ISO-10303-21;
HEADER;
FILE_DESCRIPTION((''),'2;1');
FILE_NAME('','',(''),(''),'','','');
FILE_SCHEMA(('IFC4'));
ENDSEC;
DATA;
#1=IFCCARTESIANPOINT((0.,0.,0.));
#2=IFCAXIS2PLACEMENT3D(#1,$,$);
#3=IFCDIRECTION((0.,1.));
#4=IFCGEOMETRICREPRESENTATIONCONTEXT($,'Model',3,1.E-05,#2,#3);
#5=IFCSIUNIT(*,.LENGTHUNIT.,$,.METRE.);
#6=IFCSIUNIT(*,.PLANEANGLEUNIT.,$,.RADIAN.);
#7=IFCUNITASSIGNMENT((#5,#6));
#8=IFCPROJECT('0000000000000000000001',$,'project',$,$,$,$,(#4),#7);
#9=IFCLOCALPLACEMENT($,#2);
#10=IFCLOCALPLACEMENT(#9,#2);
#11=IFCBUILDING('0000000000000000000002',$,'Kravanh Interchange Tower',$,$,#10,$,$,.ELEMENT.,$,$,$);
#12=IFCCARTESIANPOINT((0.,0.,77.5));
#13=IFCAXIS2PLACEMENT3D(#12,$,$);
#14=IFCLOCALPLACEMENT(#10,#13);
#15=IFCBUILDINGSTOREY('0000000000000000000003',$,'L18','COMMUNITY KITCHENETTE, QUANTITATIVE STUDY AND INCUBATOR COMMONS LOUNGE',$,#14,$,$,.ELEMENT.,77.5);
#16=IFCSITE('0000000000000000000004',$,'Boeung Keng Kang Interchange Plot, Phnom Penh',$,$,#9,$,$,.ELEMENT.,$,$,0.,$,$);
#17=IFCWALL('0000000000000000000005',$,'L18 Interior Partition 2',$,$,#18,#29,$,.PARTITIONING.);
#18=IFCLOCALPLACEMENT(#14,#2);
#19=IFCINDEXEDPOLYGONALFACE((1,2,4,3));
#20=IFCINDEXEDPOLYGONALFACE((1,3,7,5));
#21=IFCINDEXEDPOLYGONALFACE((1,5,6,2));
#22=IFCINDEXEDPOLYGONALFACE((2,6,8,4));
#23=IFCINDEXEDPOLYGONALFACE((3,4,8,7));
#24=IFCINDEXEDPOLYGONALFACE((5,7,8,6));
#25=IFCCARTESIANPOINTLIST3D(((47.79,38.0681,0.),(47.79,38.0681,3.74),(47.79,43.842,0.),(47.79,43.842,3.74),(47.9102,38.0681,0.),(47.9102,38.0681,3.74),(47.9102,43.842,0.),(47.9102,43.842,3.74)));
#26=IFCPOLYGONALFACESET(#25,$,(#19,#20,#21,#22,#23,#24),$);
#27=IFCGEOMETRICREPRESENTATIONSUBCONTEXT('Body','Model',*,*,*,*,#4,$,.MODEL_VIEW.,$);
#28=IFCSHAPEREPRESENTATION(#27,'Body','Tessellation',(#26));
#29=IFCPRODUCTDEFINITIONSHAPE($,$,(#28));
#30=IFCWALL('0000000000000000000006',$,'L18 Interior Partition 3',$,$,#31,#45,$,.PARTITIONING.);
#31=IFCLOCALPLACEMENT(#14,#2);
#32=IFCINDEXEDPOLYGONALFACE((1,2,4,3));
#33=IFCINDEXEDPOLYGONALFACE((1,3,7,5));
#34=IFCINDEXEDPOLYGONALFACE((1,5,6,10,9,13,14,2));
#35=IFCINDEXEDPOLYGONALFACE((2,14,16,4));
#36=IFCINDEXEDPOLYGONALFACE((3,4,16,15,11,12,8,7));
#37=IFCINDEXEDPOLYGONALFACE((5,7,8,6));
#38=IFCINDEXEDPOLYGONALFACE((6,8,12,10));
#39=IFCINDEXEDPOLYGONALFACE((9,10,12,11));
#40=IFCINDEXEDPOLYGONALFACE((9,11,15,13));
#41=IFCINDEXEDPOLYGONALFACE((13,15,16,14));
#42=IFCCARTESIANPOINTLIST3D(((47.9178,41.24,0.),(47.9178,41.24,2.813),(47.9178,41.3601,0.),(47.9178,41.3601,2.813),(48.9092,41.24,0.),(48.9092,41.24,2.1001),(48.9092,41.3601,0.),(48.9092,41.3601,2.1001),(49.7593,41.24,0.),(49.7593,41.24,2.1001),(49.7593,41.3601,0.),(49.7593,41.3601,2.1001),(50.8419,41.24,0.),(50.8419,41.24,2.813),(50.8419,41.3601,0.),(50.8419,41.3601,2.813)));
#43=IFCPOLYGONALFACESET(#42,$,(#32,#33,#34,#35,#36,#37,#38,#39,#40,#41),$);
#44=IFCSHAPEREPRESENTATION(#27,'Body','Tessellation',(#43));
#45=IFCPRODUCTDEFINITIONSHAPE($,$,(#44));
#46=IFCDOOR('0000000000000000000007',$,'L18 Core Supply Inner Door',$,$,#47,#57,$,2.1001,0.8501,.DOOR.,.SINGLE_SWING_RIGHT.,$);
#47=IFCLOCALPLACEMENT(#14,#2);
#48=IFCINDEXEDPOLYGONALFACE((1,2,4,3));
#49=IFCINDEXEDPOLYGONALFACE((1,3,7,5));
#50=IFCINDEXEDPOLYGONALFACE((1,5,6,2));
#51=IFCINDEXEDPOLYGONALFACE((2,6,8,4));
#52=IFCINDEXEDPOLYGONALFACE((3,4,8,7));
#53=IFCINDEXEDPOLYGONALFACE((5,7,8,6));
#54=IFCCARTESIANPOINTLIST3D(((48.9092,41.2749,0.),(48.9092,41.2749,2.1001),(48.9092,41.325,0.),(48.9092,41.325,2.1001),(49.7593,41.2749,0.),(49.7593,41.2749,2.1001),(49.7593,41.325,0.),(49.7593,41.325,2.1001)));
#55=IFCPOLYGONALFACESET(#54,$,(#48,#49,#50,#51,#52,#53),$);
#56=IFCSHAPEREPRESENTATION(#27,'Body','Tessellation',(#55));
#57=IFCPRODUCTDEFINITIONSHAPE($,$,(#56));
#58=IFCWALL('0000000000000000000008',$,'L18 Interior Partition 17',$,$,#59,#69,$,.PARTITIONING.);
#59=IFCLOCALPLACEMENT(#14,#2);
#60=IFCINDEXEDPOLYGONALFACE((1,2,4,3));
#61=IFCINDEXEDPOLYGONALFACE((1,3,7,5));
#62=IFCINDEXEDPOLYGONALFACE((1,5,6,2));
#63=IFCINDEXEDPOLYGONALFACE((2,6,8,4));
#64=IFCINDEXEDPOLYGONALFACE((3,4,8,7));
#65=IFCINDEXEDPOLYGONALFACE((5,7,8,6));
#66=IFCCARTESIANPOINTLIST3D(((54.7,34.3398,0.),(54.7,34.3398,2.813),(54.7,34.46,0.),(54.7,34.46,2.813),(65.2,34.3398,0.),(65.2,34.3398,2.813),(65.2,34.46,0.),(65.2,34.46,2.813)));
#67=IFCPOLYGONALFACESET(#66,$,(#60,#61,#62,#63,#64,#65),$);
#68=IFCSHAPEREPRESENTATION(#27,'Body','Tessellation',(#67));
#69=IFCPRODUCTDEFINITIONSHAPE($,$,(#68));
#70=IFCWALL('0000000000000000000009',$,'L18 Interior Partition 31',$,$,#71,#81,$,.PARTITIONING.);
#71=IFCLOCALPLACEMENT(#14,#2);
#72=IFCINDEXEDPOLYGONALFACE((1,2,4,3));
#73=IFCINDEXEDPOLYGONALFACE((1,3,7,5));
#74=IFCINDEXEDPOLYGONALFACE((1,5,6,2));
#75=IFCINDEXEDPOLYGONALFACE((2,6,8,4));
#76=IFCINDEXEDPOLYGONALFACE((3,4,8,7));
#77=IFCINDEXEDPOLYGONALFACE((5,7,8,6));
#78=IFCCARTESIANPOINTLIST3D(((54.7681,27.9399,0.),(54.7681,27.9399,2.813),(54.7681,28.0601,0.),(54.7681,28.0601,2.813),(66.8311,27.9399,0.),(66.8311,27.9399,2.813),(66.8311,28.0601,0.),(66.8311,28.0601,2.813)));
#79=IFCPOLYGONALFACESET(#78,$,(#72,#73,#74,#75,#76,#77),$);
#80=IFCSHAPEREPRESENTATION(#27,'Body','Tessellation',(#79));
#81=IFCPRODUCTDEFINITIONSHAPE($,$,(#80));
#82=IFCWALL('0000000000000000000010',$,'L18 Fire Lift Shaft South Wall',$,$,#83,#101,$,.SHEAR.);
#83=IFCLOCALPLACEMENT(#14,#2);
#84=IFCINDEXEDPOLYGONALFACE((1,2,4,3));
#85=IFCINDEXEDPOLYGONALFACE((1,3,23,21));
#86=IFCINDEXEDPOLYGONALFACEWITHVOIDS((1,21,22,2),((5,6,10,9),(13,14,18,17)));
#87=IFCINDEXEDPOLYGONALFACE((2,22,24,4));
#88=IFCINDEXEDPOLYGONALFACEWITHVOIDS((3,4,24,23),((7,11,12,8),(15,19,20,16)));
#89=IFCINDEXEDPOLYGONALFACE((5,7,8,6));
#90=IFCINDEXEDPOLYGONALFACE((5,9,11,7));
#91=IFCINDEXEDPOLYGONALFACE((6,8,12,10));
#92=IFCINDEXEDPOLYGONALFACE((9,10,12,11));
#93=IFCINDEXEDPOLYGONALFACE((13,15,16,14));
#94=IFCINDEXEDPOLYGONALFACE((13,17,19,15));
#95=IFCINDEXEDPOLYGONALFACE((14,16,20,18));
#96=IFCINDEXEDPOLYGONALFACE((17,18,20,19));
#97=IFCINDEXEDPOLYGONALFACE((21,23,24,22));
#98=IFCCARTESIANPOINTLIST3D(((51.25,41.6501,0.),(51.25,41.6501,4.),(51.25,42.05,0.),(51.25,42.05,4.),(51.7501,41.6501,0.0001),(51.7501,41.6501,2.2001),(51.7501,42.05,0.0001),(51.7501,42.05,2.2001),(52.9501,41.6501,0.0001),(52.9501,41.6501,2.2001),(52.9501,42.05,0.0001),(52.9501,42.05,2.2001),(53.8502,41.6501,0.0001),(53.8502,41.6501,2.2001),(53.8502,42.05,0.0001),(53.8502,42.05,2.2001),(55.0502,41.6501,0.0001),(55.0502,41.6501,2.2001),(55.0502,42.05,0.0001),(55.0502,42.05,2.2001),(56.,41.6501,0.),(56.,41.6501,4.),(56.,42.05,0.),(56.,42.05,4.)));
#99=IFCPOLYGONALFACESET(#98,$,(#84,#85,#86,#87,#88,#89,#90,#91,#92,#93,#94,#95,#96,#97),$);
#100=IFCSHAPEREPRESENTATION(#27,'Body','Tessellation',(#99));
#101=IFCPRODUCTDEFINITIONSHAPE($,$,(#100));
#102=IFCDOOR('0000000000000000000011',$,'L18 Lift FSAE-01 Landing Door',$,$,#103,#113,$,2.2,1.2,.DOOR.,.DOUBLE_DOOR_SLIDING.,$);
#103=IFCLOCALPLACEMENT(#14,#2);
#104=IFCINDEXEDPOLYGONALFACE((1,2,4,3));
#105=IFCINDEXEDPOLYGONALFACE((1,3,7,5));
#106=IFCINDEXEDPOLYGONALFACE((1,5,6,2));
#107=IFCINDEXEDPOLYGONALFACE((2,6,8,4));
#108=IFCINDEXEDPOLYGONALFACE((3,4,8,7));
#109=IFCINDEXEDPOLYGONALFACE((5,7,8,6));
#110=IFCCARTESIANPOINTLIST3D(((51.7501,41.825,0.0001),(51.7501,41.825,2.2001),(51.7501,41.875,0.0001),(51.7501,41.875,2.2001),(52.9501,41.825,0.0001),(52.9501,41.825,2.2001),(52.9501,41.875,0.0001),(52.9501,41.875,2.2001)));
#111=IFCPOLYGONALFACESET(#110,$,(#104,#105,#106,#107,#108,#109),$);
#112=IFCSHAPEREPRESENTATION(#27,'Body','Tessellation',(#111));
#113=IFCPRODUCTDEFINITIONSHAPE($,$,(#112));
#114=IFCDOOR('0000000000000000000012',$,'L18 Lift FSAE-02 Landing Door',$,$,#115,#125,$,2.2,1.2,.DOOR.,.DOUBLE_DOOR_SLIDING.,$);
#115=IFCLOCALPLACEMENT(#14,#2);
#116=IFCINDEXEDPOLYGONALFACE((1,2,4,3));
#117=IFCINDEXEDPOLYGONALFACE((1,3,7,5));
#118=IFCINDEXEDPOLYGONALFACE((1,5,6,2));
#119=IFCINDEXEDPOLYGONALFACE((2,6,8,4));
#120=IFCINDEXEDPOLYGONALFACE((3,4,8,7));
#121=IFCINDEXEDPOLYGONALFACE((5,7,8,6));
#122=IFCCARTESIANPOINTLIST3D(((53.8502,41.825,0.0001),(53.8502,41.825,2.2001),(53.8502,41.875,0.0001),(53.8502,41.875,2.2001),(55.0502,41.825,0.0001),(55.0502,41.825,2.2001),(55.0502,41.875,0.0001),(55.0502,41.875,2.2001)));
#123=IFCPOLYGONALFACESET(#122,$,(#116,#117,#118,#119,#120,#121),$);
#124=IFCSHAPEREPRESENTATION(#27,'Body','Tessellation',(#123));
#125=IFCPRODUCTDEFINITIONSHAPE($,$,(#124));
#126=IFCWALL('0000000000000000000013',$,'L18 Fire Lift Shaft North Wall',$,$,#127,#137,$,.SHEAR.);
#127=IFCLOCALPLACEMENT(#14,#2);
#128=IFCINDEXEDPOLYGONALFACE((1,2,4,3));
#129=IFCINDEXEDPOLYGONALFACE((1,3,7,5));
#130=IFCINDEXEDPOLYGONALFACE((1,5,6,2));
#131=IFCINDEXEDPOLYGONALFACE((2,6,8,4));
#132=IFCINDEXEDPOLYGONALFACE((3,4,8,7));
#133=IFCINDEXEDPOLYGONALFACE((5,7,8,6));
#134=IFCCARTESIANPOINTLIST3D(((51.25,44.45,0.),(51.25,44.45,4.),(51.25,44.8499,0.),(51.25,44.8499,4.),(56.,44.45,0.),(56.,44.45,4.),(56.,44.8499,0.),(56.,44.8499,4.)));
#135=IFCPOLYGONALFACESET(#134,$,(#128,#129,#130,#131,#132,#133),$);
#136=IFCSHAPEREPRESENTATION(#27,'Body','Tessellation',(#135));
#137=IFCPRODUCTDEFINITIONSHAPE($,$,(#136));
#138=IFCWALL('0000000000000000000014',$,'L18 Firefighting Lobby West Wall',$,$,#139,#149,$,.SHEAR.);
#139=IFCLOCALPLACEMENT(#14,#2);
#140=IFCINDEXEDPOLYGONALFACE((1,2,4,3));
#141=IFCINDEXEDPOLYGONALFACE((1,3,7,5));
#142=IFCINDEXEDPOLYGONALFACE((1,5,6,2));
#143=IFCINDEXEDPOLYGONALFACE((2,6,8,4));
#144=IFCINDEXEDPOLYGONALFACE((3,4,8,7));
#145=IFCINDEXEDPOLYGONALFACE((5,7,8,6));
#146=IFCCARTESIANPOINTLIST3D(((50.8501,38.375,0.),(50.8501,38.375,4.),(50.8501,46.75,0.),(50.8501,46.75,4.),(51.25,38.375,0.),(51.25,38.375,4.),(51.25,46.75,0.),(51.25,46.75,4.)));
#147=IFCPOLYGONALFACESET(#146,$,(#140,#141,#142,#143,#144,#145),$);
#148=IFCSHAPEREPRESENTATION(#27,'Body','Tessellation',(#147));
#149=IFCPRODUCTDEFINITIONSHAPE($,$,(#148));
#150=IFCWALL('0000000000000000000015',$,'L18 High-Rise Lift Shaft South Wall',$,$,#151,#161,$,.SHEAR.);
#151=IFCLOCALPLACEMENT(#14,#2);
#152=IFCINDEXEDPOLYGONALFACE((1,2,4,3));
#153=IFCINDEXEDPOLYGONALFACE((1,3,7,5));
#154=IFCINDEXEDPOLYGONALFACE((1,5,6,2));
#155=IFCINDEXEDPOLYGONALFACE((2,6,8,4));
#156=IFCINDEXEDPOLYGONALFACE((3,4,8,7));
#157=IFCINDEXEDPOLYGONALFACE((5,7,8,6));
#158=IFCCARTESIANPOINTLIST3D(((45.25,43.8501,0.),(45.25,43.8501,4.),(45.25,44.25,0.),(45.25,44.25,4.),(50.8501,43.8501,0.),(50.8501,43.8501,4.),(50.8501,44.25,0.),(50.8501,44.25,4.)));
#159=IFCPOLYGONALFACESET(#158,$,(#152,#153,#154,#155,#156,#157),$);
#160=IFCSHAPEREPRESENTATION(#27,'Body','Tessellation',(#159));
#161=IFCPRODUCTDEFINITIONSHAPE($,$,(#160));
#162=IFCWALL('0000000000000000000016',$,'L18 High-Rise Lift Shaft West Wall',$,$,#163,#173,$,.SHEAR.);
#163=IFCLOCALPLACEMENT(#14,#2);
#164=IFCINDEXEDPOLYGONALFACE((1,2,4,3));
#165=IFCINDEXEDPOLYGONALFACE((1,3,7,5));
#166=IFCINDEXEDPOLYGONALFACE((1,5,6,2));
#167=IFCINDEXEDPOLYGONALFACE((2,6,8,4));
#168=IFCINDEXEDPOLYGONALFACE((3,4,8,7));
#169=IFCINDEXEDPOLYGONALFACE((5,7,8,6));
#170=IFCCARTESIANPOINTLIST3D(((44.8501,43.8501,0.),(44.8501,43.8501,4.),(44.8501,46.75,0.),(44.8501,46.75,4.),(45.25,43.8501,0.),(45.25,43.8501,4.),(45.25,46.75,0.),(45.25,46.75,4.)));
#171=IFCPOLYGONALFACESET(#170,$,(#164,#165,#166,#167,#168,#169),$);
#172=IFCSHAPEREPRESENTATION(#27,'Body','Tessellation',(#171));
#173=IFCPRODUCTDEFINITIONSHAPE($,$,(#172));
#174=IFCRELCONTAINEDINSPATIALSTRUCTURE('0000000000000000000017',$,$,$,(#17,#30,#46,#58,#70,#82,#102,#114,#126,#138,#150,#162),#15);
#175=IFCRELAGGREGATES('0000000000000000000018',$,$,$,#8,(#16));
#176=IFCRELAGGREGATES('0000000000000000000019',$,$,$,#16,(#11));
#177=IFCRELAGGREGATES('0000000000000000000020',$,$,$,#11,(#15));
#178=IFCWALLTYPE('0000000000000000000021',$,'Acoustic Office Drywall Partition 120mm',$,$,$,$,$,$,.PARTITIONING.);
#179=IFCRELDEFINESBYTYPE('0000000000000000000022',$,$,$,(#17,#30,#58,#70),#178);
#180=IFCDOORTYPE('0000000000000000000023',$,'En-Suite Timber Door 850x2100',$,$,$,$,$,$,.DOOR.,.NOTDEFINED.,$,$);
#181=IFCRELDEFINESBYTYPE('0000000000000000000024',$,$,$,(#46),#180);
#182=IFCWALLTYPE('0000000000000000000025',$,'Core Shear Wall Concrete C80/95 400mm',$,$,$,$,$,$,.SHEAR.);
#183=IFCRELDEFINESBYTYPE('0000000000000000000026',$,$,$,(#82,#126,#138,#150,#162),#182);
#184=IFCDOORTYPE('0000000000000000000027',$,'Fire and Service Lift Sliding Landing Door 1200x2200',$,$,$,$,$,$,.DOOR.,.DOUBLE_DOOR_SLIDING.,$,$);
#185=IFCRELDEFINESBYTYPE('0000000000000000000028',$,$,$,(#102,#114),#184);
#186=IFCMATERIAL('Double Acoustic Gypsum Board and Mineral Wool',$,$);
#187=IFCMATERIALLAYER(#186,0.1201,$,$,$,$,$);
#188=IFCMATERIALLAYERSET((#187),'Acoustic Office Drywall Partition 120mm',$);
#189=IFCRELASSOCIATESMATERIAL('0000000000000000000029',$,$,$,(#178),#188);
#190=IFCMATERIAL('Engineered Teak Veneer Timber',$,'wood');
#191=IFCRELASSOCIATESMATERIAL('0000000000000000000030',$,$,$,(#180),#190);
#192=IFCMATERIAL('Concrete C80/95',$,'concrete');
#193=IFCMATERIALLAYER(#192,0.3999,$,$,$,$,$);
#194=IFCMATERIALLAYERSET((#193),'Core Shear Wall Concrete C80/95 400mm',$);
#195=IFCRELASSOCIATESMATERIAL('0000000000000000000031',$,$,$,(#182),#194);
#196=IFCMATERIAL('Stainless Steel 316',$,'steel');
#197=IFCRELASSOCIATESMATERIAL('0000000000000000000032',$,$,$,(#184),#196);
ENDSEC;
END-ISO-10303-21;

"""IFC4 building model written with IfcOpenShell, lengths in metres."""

from ifc_helpers import new_model, si_unit, direction, frame, frame_2d, origin, place, context, subcontext, project, spatial, rectangle, extrude, material, layer, layer_set, type_object, element, fill, save


model = new_model("IFC4")

# Units and contexts
model_context = context("Model", 3, precision=1e-05, world=origin(), true_north=direction((0.0, 1.0)))
body_context = subcontext(model_context, "Body", "Model", "MODEL_VIEW")
ifc_project = project(units=[si_unit("LENGTHUNIT", "METRE"), si_unit("PLANEANGLEUNIT", "RADIAN")], contexts=[model_context])

# Site, building, storey
site_placement = place(None, origin())
site = spatial("IfcSite", under=ifc_project, at=site_placement, Name="Boeung Keng Kang Interchange Plot, Phnom Penh", CompositionType="ELEMENT", RefElevation=0.0)
building_placement = place(site_placement, origin())
building = spatial("IfcBuilding", under=site, at=building_placement, Name="Kravanh Interchange Tower", CompositionType="ELEMENT")
storey_placement = place(building_placement, frame((0.0, 0.0, 77.5)))
storey = spatial("IfcBuildingStorey", under=building, at=storey_placement, Name="L18", Description="COMMUNITY KITCHENETTE, QUANTITATIVE STUDY AND INCUBATOR COMMONS LOUNGE", CompositionType="ELEMENT", Elevation=77.5)

# Wall
ifc_material_1 = material(Name="Double Acoustic Gypsum Board and Mineral Wool")
ifc_layer_1 = layer(ifc_material_1, 0.1201)
ifc_layer_set_1 = layer_set([ifc_layer_1], Name="Acoustic Office Drywall Partition 120mm")
wall_type_1 = type_object("IfcWallType", Name="Acoustic Office Drywall Partition 120mm", PredefinedType="PARTITIONING", material=ifc_layer_set_1)
wall_1_placement = place(storey_placement, frame((47.8501, 38.0681, 0.0), z_axis=(0.0, 0.0, 1.0), x_axis=(0.0, 1.0, 0.0)))
element("IfcWall", 1, at=wall_1_placement, inside=storey, type_object=wall_type_1, Name="L18 Interior Partition 2", PredefinedType="PARTITIONING", context=body_context, shape_type="SweptSolid", body=[
    extrude(rectangle(XDim=5.7739, YDim=0.1201, at=frame_2d((2.887, 0.0))), origin(), (0.0, 0.0, 1.0), 3.74),
])

# Wall, opening, door
wall_2_placement = place(storey_placement, frame((47.918, 41.3, 0.0), z_axis=(0.0, 0.0, 1.0), x_axis=(1.0, 0.0, 0.0)))
wall_2 = element("IfcWall", 2, at=wall_2_placement, inside=storey, type_object=wall_type_1, Name="L18 Interior Partition 3", PredefinedType="PARTITIONING", context=body_context, shape_type="SweptSolid", body=[
    extrude(rectangle(XDim=2.9241, YDim=0.1201, at=frame_2d((1.4619, 0.0))), origin(), (0.0, 0.0, 1.0), 2.813),
])
opening_1_placement = place(wall_2_placement, frame((0.9912, 0.0, 0.0)))
opening_1 = element("IfcOpeningElement", 3, at=opening_1_placement, cuts=wall_2, PredefinedType="OPENING", context=body_context, shape_type="SweptSolid", body=[
    extrude(rectangle(XDim=0.8501, YDim=2.1001, at=frame_2d((0.425, 1.05))), frame((0.0, 0.0701, 0.0), z_axis=(0.0, -1.0, 0.0), x_axis=(1.0, 0.0, 0.0)), (0.0, 0.0, 1.0), 0.1401),
])
ifc_material_2 = material(Name="Engineered Teak Veneer Timber", Category="wood")
door_type_1 = type_object("IfcDoorType", Name="En-Suite Timber Door 850x2100", OperationType="NOTDEFINED", PredefinedType="DOOR", material=ifc_material_2)
door_1_placement = place(opening_1_placement, origin())
door_1 = element("IfcDoor", 4, at=door_1_placement, inside=storey, type_object=door_type_1, Name="L18 Core Supply Inner Door", OperationType="SINGLE_SWING_RIGHT", OverallHeight=2.1001, OverallWidth=0.8501, PredefinedType="DOOR", context=body_context, shape_type="SweptSolid", body=[
    extrude(rectangle(XDim=0.8501, YDim=2.1001, at=frame_2d((0.425, 1.05))), frame((0.0, 0.0249, 0.0), z_axis=(0.0, -1.0, 0.0), x_axis=(1.0, 0.0, 0.0)), (0.0, 0.0, 1.0), 0.05),
])
fill(opening_1, door_1)

# Walls
wall_3_placement = place(storey_placement, frame((54.7, 34.3999, 0.0), z_axis=(0.0, 0.0, 1.0), x_axis=(1.0, 0.0, 0.0)))
element("IfcWall", 5, at=wall_3_placement, inside=storey, type_object=wall_type_1, Name="L18 Interior Partition 17", PredefinedType="PARTITIONING", context=body_context, shape_type="SweptSolid", body=[
    extrude(rectangle(XDim=10.5, YDim=0.1201, at=frame_2d((5.25, 0.0))), origin(), (0.0, 0.0, 1.0), 2.813),
])
wall_4_placement = place(storey_placement, frame((54.7681, 28.0, 0.0), z_axis=(0.0, 0.0, 1.0), x_axis=(1.0, 0.0, 0.0)))
element("IfcWall", 6, at=wall_4_placement, inside=storey, type_object=wall_type_1, Name="L18 Interior Partition 31", PredefinedType="PARTITIONING", context=body_context, shape_type="SweptSolid", body=[
    extrude(rectangle(XDim=12.063, YDim=0.1201, at=frame_2d((6.0315, 0.0))), origin(), (0.0, 0.0, 1.0), 2.813),
])

# Wall, openings, doors
ifc_material_3 = material(Name="Concrete C80/95", Category="concrete")
ifc_layer_2 = layer(ifc_material_3, 0.3999)
ifc_layer_set_2 = layer_set([ifc_layer_2], Name="Core Shear Wall Concrete C80/95 400mm")
wall_type_2 = type_object("IfcWallType", Name="Core Shear Wall Concrete C80/95 400mm", PredefinedType="SHEAR", material=ifc_layer_set_2)
wall_5_placement = place(storey_placement, frame((51.25, 41.8501, 0.0), z_axis=(0.0, 0.0, 1.0), x_axis=(1.0, 0.0, 0.0)))
wall_5 = element("IfcWall", 7, at=wall_5_placement, inside=storey, type_object=wall_type_2, Name="L18 Fire Lift Shaft South Wall", PredefinedType="SHEAR", context=body_context, shape_type="SweptSolid", body=[
    extrude(rectangle(XDim=4.75, YDim=0.3999, at=frame_2d((2.375, 0.0))), origin(), (0.0, 0.0, 1.0), 4.0),
])
opening_2_placement = place(wall_5_placement, frame((0.5, 0.0, 0.0)))
opening_2 = element("IfcOpeningElement", 8, at=opening_2_placement, cuts=wall_5, PredefinedType="OPENING", context=body_context, shape_type="SweptSolid", body=[
    extrude(rectangle(XDim=1.2, YDim=2.2, at=frame_2d((0.6001, 1.1001))), frame((0.0, 0.21, 0.0), z_axis=(0.0, -1.0, 0.0), x_axis=(1.0, 0.0, 0.0)), (0.0, 0.0, 1.0), 0.4199),
])
opening_3_placement = place(wall_5_placement, frame((2.6001, 0.0, 0.0)))
opening_3 = element("IfcOpeningElement", 9, at=opening_3_placement, cuts=wall_5, PredefinedType="OPENING", context=body_context, shape_type="SweptSolid", body=[
    extrude(rectangle(XDim=1.2, YDim=2.2, at=frame_2d((0.6001, 1.1001))), frame((0.0, 0.21, 0.0), z_axis=(0.0, -1.0, 0.0), x_axis=(1.0, 0.0, 0.0)), (0.0, 0.0, 1.0), 0.4199),
])
ifc_material_4 = material(Name="Stainless Steel 316", Category="steel")
door_type_2 = type_object("IfcDoorType", Name="Fire and Service Lift Sliding Landing Door 1200x2200", OperationType="DOUBLE_DOOR_SLIDING", PredefinedType="DOOR", material=ifc_material_4)
door_2_placement = place(opening_2_placement, origin())
door_2 = element("IfcDoor", 10, at=door_2_placement, inside=storey, type_object=door_type_2, Name="L18 Lift FSAE-01 Landing Door", OperationType="DOUBLE_DOOR_SLIDING", OverallHeight=2.2, OverallWidth=1.2, PredefinedType="DOOR", context=body_context, shape_type="SweptSolid", body=[
    extrude(rectangle(XDim=1.2, YDim=2.2, at=frame_2d((0.6001, 1.1001))), frame((0.0, 0.0249, 0.0), z_axis=(0.0, -1.0, 0.0), x_axis=(1.0, 0.0, 0.0)), (0.0, 0.0, 1.0), 0.05),
])
fill(opening_2, door_2)
door_3_placement = place(opening_3_placement, origin())
door_3 = element("IfcDoor", 11, at=door_3_placement, inside=storey, type_object=door_type_2, Name="L18 Lift FSAE-02 Landing Door", OperationType="DOUBLE_DOOR_SLIDING", OverallHeight=2.2, OverallWidth=1.2, PredefinedType="DOOR", context=body_context, shape_type="SweptSolid", body=[
    extrude(rectangle(XDim=1.2, YDim=2.2, at=frame_2d((0.6001, 1.1001))), frame((0.0, 0.0249, 0.0), z_axis=(0.0, -1.0, 0.0), x_axis=(1.0, 0.0, 0.0)), (0.0, 0.0, 1.0), 0.05),
])
fill(opening_3, door_3)

# Walls
wall_6_placement = place(storey_placement, frame((51.25, 44.6499, 0.0), z_axis=(0.0, 0.0, 1.0), x_axis=(1.0, 0.0, 0.0)))
element("IfcWall", 12, at=wall_6_placement, inside=storey, type_object=wall_type_2, Name="L18 Fire Lift Shaft North Wall", PredefinedType="SHEAR", context=body_context, shape_type="SweptSolid", body=[
    extrude(rectangle(XDim=4.75, YDim=0.3999, at=frame_2d((2.375, 0.0))), origin(), (0.0, 0.0, 1.0), 4.0),
])
wall_7_placement = place(storey_placement, frame((51.05, 38.375, 0.0), z_axis=(0.0, 0.0, 1.0), x_axis=(0.0, 1.0, 0.0)))
element("IfcWall", 13, at=wall_7_placement, inside=storey, type_object=wall_type_2, Name="L18 Firefighting Lobby West Wall", PredefinedType="SHEAR", context=body_context, shape_type="SweptSolid", body=[
    extrude(rectangle(XDim=8.375, YDim=0.3999, at=frame_2d((4.1875, 0.0))), origin(), (0.0, 0.0, 1.0), 4.0),
])
wall_8_placement = place(storey_placement, frame((45.25, 44.05, 0.0), z_axis=(0.0, 0.0, 1.0), x_axis=(1.0, 0.0, 0.0)))
element("IfcWall", 14, at=wall_8_placement, inside=storey, type_object=wall_type_2, Name="L18 High-Rise Lift Shaft South Wall", PredefinedType="SHEAR", context=body_context, shape_type="SweptSolid", body=[
    extrude(rectangle(XDim=5.6001, YDim=0.3999, at=frame_2d((2.8, 0.0))), origin(), (0.0, 0.0, 1.0), 4.0),
])
wall_9_placement = place(storey_placement, frame((45.05, 43.8501, 0.0), z_axis=(0.0, 0.0, 1.0), x_axis=(0.0, 1.0, 0.0)))
element("IfcWall", 15, at=wall_9_placement, inside=storey, type_object=wall_type_2, Name="L18 High-Rise Lift Shaft West Wall", PredefinedType="SHEAR", context=body_context, shape_type="SweptSolid", body=[
    extrude(rectangle(XDim=2.8999, YDim=0.3999, at=frame_2d((1.45, 0.0))), origin(), (0.0, 0.0, 1.0), 4.0),
])

save(model, "model.ifc")
